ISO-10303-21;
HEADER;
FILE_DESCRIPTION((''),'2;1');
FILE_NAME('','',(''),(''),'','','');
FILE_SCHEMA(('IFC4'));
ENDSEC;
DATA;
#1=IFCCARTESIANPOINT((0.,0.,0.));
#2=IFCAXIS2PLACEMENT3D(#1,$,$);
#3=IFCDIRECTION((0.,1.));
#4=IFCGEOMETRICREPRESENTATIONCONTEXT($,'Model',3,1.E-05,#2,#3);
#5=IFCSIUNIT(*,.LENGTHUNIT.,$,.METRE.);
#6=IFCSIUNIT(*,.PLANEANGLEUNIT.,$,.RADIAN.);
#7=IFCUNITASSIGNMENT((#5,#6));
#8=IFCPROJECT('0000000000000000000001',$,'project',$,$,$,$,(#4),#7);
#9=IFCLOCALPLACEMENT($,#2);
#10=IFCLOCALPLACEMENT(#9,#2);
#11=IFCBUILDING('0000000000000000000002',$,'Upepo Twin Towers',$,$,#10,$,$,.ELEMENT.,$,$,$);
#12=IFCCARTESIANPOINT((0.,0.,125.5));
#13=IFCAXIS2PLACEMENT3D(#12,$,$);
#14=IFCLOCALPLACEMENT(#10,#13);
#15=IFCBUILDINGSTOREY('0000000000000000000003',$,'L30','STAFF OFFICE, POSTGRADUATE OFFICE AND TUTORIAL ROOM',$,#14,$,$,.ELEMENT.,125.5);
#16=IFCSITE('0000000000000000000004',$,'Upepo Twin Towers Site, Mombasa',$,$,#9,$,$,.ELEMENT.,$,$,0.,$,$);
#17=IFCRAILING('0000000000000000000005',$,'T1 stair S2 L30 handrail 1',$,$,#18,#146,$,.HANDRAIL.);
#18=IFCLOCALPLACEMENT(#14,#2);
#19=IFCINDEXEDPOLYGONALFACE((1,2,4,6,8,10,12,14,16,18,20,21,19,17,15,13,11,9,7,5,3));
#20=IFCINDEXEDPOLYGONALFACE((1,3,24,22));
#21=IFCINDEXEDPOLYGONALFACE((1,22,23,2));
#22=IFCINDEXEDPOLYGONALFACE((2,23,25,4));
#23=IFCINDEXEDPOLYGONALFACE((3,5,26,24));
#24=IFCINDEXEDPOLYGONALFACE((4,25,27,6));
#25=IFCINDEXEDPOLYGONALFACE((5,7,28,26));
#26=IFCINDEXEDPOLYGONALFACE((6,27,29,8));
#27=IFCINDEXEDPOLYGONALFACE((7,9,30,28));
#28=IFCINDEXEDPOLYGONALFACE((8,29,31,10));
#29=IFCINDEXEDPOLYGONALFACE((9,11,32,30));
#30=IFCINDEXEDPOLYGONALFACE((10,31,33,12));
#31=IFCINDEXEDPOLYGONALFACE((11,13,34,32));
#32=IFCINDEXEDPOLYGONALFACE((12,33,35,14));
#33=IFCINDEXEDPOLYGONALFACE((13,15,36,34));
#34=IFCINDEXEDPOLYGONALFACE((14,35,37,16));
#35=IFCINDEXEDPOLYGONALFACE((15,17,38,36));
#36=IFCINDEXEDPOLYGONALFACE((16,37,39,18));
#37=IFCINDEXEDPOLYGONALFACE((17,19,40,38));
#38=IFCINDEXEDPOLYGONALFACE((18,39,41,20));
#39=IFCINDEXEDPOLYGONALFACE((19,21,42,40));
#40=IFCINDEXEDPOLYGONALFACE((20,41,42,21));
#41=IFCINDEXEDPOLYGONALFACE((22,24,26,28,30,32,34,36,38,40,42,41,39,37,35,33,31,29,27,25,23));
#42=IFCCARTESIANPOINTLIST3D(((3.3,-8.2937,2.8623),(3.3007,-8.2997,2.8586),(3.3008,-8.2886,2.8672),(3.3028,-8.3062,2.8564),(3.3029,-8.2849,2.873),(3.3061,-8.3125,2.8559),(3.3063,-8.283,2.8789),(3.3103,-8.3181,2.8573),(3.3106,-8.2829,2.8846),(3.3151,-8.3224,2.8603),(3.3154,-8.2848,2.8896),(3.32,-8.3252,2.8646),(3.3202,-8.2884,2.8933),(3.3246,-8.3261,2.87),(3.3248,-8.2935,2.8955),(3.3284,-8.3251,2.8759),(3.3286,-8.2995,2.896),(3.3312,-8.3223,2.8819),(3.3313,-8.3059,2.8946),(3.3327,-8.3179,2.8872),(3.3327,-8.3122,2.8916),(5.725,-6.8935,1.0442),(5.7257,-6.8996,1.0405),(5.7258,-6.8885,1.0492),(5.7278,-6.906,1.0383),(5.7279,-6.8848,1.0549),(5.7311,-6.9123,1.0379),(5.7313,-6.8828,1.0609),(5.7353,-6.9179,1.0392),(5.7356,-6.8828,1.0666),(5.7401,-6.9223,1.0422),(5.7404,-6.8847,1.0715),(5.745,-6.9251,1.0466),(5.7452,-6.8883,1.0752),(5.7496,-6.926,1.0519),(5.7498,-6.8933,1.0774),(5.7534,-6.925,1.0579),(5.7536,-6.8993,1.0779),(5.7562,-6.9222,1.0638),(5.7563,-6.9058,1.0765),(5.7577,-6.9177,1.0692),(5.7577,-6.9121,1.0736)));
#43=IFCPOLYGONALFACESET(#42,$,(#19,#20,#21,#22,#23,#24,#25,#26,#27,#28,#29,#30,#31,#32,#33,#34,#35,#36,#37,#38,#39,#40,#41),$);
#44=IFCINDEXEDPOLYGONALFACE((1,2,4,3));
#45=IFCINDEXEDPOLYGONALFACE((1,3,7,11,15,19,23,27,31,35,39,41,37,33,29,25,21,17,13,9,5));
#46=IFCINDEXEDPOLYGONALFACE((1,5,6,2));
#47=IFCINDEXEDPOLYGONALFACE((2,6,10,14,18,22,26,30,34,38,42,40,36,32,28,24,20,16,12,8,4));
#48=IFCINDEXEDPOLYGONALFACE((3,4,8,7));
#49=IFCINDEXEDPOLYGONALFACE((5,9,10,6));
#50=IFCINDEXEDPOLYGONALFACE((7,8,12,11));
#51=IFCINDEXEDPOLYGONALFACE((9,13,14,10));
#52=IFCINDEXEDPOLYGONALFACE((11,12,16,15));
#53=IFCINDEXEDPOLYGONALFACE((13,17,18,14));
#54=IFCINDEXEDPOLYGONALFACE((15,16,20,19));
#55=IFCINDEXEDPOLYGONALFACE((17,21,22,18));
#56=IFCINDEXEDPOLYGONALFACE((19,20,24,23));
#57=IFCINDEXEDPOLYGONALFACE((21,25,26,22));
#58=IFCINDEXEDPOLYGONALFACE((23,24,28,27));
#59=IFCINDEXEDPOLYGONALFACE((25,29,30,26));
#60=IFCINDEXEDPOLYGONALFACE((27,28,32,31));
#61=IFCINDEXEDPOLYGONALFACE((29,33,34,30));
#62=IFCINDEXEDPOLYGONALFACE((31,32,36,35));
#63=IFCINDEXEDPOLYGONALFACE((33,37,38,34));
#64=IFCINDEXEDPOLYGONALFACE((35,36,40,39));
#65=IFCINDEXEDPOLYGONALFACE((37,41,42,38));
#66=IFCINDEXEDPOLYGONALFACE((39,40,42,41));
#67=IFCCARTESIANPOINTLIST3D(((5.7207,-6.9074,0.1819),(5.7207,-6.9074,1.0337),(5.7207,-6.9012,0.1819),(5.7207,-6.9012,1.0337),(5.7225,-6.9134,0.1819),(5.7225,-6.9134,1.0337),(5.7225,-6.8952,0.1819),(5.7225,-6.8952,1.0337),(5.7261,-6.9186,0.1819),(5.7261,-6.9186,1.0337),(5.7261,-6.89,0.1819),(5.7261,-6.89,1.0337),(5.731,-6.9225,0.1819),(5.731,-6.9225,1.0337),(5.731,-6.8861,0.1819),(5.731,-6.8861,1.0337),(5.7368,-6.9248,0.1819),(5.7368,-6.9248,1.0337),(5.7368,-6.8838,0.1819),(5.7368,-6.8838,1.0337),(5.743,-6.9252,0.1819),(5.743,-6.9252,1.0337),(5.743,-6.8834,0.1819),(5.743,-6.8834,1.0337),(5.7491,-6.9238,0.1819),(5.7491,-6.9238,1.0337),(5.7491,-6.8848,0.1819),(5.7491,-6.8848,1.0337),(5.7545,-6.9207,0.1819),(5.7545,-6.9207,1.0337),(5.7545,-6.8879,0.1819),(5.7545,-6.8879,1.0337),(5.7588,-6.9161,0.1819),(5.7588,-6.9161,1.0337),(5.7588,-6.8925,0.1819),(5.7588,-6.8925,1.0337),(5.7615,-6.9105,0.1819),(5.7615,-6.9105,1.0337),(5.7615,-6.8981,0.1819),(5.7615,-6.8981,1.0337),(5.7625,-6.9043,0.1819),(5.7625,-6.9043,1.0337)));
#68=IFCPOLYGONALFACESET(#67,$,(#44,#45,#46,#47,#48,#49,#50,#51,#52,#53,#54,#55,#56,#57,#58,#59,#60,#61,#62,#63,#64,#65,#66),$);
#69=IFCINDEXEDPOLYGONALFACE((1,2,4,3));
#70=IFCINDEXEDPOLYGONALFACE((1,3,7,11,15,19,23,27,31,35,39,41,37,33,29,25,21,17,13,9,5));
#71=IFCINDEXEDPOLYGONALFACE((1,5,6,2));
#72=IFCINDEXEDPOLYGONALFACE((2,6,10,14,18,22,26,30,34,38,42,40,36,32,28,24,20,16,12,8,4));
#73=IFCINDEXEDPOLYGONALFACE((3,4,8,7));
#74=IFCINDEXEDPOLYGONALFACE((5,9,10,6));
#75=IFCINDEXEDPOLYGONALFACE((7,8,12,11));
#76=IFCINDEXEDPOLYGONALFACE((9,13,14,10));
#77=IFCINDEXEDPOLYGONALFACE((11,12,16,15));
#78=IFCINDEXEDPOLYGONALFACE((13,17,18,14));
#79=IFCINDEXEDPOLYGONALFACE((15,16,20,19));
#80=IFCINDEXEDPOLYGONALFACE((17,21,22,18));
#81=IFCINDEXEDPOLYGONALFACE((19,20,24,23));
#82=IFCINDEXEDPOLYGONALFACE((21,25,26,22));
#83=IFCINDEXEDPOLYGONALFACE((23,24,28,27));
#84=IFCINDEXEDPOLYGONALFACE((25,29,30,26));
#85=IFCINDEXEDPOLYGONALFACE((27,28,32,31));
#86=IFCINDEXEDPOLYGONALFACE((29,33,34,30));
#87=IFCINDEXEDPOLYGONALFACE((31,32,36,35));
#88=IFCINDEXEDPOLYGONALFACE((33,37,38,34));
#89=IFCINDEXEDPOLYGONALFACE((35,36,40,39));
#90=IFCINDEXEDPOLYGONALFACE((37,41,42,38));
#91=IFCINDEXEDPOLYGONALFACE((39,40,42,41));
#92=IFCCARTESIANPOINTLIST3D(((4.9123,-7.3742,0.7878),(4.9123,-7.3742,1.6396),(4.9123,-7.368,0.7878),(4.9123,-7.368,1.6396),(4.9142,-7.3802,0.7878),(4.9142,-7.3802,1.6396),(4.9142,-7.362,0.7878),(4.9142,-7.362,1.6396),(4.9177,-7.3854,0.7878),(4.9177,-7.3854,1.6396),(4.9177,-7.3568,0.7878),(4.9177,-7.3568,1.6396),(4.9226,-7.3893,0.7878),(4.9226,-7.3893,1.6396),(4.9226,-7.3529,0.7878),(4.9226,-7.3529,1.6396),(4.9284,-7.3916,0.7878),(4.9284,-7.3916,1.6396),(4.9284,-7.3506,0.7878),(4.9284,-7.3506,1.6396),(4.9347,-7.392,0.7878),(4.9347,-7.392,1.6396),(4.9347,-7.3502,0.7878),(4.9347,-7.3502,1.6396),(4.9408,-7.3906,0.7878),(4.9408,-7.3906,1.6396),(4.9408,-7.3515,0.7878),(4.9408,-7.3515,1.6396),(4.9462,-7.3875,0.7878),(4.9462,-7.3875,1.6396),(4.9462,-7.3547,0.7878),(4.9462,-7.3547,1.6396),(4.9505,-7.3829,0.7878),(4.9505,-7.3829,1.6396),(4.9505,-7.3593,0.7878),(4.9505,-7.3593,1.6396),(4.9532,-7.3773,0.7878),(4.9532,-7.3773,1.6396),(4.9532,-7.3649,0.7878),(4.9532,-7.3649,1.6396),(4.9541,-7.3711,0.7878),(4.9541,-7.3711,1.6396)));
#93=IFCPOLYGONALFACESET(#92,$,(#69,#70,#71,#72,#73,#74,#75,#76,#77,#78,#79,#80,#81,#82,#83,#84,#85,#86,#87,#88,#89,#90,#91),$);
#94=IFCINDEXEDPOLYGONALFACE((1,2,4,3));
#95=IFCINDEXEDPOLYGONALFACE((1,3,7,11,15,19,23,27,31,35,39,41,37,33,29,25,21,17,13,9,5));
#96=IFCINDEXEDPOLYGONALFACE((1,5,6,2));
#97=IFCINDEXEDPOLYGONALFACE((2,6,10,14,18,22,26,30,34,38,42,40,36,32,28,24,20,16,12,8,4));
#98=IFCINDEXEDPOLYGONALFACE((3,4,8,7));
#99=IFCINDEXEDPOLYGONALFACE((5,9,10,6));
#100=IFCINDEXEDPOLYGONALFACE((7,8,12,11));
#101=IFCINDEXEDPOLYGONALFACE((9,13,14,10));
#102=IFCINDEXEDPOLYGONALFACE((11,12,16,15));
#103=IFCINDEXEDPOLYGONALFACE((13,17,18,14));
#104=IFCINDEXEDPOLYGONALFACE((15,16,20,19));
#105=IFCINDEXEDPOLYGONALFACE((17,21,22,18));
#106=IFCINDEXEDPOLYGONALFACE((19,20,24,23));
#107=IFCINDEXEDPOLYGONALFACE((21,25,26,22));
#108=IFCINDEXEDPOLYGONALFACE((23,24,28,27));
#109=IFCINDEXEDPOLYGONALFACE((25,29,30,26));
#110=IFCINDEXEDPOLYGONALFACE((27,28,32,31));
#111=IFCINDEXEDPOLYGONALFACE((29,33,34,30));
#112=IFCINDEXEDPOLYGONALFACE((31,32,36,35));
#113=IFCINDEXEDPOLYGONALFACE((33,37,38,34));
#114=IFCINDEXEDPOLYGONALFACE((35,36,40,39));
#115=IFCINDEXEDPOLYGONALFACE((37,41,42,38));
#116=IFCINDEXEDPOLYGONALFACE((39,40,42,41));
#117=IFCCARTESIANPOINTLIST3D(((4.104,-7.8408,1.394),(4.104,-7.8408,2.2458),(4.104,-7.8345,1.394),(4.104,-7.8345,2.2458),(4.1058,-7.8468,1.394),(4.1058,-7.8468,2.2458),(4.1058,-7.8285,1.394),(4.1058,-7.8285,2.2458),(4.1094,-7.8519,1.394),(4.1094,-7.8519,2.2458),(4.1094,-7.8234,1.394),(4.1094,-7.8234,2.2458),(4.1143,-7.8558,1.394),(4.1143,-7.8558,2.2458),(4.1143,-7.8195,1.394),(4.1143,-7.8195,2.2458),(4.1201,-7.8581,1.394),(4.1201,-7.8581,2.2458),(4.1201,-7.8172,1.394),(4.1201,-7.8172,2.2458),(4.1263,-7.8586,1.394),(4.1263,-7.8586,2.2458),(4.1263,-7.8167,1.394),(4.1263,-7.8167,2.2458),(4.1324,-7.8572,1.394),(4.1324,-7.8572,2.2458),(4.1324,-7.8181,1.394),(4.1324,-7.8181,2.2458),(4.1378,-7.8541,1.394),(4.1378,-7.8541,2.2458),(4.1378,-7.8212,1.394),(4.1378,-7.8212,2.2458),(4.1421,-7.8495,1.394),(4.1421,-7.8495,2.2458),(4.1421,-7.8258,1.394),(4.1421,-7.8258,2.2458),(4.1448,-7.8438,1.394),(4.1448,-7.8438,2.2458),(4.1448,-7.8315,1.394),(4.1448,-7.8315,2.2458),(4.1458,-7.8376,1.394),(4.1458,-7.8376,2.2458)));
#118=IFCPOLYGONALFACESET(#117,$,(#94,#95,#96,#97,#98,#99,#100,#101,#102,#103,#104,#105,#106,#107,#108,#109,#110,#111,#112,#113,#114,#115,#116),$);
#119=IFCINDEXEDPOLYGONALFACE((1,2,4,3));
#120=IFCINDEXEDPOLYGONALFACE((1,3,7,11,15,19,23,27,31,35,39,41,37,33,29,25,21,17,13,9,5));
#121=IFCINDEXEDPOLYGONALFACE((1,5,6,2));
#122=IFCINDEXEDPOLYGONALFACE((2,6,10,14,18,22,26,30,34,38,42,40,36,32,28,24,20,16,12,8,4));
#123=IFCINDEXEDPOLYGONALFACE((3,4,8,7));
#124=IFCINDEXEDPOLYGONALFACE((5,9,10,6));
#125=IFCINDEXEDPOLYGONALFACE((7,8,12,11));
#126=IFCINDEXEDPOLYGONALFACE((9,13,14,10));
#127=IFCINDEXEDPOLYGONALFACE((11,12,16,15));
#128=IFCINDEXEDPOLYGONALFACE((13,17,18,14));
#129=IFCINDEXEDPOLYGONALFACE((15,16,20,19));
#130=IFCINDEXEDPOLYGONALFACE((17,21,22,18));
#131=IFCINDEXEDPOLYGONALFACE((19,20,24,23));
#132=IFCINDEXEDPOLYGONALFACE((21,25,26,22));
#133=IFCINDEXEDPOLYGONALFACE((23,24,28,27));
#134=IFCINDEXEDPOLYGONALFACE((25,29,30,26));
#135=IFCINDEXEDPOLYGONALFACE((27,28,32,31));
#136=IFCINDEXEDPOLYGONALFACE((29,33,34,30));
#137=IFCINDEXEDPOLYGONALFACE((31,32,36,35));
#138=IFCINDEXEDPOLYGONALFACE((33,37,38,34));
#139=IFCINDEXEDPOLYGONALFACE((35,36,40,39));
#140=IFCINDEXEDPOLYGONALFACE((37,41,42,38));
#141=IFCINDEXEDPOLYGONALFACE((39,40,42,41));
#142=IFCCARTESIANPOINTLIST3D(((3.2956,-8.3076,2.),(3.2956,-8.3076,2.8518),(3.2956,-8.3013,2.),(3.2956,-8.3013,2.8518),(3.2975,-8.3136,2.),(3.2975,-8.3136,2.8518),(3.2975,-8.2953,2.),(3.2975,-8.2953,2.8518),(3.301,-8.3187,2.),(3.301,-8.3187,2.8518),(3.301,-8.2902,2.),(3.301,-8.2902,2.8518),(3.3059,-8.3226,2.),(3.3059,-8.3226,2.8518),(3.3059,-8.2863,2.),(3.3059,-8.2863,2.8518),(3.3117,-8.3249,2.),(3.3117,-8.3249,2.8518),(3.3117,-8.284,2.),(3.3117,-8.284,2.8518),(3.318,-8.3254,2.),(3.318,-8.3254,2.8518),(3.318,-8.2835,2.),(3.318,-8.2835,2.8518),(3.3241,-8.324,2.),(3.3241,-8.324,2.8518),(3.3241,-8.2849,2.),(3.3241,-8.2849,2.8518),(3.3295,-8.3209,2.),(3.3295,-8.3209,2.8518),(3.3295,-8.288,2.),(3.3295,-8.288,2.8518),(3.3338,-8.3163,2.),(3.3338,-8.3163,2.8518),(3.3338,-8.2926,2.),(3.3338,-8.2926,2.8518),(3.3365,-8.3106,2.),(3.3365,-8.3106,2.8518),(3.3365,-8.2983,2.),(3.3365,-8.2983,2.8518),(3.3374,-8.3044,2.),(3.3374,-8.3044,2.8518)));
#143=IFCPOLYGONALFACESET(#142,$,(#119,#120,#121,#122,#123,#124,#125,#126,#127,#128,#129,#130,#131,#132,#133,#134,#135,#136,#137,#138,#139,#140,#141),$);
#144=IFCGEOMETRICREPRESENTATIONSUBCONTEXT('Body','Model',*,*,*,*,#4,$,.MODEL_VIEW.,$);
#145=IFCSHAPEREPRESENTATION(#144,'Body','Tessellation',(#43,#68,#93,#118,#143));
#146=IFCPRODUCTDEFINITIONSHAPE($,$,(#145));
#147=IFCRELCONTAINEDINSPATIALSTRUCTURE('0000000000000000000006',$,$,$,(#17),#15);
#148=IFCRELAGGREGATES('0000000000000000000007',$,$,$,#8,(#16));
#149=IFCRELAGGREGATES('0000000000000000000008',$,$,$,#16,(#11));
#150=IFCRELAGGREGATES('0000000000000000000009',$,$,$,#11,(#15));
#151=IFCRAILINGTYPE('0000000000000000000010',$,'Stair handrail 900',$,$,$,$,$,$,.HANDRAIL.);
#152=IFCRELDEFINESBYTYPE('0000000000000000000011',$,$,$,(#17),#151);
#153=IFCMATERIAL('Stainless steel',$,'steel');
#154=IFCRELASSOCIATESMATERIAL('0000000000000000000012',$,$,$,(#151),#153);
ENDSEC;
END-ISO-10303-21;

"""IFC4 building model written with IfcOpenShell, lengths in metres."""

from ifc_helpers import new_model, si_unit, direction, frame, origin, origin_2d, place, context, subcontext, project, spatial, circle, extrude, material, type_object, element, save


model = new_model("IFC4")

# Units and contexts
model_context = context("Model", 3, precision=1e-05, world=origin(), true_north=direction((0.0, 1.0)))
body_context = subcontext(model_context, "Body", "Model", "MODEL_VIEW")
ifc_project = project(units=[si_unit("LENGTHUNIT", "METRE"), si_unit("PLANEANGLEUNIT", "RADIAN")], contexts=[model_context])

# Site, building, storey
site_placement = place(None, origin())
site = spatial("IfcSite", under=ifc_project, at=site_placement, Name="Upepo Twin Towers Site, Mombasa", CompositionType="ELEMENT", RefElevation=0.0)
building_placement = place(site_placement, origin())
building = spatial("IfcBuilding", under=site, at=building_placement, Name="Upepo Twin Towers", CompositionType="ELEMENT")
storey_placement = place(building_placement, frame((0.0, 0.0, 125.5)))
storey = spatial("IfcBuildingStorey", under=building, at=storey_placement, Name="L30", Description="STAFF OFFICE, POSTGRADUATE OFFICE AND TUTORIAL ROOM", CompositionType="ELEMENT", Elevation=125.5)

# Railing
ifc_material_1 = material(Name="Stainless steel", Category="steel")
railing_type = type_object("IfcRailingType", Name="Stair handrail 900", PredefinedType="HANDRAIL", material=ifc_material_1)
railing_1_placement = place(storey_placement, frame((5.7415, -6.9043, 0.1819)))
element("IfcRailing", 1, at=railing_1_placement, inside=storey, type_object=railing_type, Name="T1 stair S2 L30 handrail 1", PredefinedType="HANDRAIL", context=body_context, shape_type="SweptSolid", body=[
    extrude(circle(Radius=0.0239, at=origin_2d()), frame((0.0, 0.0, 0.876), z_axis=(-0.726349, -0.419371, 0.54456), x_axis=(0.500012, -0.866019, 0.0)), (0.0, 0.0, 1.0), 3.3386),
    extrude(circle(Radius=0.021, at=origin_2d()), origin(), (0.0, 0.0, 1.0), 0.8518),
    extrude(circle(Radius=0.021, at=origin_2d()), frame((-0.8083, -0.4668, 0.606)), (0.0, 0.0, 1.0), 0.8518),
    extrude(circle(Radius=0.021, at=origin_2d()), frame((-1.6167, -0.9333, 1.2122)), (0.0, 0.0, 1.0), 0.8518),
    extrude(circle(Radius=0.021, at=origin_2d()), frame((-2.425, -1.4001, 1.8181)), (0.0, 0.0, 1.0), 0.8518),
])

save(model, "model.ifc")
